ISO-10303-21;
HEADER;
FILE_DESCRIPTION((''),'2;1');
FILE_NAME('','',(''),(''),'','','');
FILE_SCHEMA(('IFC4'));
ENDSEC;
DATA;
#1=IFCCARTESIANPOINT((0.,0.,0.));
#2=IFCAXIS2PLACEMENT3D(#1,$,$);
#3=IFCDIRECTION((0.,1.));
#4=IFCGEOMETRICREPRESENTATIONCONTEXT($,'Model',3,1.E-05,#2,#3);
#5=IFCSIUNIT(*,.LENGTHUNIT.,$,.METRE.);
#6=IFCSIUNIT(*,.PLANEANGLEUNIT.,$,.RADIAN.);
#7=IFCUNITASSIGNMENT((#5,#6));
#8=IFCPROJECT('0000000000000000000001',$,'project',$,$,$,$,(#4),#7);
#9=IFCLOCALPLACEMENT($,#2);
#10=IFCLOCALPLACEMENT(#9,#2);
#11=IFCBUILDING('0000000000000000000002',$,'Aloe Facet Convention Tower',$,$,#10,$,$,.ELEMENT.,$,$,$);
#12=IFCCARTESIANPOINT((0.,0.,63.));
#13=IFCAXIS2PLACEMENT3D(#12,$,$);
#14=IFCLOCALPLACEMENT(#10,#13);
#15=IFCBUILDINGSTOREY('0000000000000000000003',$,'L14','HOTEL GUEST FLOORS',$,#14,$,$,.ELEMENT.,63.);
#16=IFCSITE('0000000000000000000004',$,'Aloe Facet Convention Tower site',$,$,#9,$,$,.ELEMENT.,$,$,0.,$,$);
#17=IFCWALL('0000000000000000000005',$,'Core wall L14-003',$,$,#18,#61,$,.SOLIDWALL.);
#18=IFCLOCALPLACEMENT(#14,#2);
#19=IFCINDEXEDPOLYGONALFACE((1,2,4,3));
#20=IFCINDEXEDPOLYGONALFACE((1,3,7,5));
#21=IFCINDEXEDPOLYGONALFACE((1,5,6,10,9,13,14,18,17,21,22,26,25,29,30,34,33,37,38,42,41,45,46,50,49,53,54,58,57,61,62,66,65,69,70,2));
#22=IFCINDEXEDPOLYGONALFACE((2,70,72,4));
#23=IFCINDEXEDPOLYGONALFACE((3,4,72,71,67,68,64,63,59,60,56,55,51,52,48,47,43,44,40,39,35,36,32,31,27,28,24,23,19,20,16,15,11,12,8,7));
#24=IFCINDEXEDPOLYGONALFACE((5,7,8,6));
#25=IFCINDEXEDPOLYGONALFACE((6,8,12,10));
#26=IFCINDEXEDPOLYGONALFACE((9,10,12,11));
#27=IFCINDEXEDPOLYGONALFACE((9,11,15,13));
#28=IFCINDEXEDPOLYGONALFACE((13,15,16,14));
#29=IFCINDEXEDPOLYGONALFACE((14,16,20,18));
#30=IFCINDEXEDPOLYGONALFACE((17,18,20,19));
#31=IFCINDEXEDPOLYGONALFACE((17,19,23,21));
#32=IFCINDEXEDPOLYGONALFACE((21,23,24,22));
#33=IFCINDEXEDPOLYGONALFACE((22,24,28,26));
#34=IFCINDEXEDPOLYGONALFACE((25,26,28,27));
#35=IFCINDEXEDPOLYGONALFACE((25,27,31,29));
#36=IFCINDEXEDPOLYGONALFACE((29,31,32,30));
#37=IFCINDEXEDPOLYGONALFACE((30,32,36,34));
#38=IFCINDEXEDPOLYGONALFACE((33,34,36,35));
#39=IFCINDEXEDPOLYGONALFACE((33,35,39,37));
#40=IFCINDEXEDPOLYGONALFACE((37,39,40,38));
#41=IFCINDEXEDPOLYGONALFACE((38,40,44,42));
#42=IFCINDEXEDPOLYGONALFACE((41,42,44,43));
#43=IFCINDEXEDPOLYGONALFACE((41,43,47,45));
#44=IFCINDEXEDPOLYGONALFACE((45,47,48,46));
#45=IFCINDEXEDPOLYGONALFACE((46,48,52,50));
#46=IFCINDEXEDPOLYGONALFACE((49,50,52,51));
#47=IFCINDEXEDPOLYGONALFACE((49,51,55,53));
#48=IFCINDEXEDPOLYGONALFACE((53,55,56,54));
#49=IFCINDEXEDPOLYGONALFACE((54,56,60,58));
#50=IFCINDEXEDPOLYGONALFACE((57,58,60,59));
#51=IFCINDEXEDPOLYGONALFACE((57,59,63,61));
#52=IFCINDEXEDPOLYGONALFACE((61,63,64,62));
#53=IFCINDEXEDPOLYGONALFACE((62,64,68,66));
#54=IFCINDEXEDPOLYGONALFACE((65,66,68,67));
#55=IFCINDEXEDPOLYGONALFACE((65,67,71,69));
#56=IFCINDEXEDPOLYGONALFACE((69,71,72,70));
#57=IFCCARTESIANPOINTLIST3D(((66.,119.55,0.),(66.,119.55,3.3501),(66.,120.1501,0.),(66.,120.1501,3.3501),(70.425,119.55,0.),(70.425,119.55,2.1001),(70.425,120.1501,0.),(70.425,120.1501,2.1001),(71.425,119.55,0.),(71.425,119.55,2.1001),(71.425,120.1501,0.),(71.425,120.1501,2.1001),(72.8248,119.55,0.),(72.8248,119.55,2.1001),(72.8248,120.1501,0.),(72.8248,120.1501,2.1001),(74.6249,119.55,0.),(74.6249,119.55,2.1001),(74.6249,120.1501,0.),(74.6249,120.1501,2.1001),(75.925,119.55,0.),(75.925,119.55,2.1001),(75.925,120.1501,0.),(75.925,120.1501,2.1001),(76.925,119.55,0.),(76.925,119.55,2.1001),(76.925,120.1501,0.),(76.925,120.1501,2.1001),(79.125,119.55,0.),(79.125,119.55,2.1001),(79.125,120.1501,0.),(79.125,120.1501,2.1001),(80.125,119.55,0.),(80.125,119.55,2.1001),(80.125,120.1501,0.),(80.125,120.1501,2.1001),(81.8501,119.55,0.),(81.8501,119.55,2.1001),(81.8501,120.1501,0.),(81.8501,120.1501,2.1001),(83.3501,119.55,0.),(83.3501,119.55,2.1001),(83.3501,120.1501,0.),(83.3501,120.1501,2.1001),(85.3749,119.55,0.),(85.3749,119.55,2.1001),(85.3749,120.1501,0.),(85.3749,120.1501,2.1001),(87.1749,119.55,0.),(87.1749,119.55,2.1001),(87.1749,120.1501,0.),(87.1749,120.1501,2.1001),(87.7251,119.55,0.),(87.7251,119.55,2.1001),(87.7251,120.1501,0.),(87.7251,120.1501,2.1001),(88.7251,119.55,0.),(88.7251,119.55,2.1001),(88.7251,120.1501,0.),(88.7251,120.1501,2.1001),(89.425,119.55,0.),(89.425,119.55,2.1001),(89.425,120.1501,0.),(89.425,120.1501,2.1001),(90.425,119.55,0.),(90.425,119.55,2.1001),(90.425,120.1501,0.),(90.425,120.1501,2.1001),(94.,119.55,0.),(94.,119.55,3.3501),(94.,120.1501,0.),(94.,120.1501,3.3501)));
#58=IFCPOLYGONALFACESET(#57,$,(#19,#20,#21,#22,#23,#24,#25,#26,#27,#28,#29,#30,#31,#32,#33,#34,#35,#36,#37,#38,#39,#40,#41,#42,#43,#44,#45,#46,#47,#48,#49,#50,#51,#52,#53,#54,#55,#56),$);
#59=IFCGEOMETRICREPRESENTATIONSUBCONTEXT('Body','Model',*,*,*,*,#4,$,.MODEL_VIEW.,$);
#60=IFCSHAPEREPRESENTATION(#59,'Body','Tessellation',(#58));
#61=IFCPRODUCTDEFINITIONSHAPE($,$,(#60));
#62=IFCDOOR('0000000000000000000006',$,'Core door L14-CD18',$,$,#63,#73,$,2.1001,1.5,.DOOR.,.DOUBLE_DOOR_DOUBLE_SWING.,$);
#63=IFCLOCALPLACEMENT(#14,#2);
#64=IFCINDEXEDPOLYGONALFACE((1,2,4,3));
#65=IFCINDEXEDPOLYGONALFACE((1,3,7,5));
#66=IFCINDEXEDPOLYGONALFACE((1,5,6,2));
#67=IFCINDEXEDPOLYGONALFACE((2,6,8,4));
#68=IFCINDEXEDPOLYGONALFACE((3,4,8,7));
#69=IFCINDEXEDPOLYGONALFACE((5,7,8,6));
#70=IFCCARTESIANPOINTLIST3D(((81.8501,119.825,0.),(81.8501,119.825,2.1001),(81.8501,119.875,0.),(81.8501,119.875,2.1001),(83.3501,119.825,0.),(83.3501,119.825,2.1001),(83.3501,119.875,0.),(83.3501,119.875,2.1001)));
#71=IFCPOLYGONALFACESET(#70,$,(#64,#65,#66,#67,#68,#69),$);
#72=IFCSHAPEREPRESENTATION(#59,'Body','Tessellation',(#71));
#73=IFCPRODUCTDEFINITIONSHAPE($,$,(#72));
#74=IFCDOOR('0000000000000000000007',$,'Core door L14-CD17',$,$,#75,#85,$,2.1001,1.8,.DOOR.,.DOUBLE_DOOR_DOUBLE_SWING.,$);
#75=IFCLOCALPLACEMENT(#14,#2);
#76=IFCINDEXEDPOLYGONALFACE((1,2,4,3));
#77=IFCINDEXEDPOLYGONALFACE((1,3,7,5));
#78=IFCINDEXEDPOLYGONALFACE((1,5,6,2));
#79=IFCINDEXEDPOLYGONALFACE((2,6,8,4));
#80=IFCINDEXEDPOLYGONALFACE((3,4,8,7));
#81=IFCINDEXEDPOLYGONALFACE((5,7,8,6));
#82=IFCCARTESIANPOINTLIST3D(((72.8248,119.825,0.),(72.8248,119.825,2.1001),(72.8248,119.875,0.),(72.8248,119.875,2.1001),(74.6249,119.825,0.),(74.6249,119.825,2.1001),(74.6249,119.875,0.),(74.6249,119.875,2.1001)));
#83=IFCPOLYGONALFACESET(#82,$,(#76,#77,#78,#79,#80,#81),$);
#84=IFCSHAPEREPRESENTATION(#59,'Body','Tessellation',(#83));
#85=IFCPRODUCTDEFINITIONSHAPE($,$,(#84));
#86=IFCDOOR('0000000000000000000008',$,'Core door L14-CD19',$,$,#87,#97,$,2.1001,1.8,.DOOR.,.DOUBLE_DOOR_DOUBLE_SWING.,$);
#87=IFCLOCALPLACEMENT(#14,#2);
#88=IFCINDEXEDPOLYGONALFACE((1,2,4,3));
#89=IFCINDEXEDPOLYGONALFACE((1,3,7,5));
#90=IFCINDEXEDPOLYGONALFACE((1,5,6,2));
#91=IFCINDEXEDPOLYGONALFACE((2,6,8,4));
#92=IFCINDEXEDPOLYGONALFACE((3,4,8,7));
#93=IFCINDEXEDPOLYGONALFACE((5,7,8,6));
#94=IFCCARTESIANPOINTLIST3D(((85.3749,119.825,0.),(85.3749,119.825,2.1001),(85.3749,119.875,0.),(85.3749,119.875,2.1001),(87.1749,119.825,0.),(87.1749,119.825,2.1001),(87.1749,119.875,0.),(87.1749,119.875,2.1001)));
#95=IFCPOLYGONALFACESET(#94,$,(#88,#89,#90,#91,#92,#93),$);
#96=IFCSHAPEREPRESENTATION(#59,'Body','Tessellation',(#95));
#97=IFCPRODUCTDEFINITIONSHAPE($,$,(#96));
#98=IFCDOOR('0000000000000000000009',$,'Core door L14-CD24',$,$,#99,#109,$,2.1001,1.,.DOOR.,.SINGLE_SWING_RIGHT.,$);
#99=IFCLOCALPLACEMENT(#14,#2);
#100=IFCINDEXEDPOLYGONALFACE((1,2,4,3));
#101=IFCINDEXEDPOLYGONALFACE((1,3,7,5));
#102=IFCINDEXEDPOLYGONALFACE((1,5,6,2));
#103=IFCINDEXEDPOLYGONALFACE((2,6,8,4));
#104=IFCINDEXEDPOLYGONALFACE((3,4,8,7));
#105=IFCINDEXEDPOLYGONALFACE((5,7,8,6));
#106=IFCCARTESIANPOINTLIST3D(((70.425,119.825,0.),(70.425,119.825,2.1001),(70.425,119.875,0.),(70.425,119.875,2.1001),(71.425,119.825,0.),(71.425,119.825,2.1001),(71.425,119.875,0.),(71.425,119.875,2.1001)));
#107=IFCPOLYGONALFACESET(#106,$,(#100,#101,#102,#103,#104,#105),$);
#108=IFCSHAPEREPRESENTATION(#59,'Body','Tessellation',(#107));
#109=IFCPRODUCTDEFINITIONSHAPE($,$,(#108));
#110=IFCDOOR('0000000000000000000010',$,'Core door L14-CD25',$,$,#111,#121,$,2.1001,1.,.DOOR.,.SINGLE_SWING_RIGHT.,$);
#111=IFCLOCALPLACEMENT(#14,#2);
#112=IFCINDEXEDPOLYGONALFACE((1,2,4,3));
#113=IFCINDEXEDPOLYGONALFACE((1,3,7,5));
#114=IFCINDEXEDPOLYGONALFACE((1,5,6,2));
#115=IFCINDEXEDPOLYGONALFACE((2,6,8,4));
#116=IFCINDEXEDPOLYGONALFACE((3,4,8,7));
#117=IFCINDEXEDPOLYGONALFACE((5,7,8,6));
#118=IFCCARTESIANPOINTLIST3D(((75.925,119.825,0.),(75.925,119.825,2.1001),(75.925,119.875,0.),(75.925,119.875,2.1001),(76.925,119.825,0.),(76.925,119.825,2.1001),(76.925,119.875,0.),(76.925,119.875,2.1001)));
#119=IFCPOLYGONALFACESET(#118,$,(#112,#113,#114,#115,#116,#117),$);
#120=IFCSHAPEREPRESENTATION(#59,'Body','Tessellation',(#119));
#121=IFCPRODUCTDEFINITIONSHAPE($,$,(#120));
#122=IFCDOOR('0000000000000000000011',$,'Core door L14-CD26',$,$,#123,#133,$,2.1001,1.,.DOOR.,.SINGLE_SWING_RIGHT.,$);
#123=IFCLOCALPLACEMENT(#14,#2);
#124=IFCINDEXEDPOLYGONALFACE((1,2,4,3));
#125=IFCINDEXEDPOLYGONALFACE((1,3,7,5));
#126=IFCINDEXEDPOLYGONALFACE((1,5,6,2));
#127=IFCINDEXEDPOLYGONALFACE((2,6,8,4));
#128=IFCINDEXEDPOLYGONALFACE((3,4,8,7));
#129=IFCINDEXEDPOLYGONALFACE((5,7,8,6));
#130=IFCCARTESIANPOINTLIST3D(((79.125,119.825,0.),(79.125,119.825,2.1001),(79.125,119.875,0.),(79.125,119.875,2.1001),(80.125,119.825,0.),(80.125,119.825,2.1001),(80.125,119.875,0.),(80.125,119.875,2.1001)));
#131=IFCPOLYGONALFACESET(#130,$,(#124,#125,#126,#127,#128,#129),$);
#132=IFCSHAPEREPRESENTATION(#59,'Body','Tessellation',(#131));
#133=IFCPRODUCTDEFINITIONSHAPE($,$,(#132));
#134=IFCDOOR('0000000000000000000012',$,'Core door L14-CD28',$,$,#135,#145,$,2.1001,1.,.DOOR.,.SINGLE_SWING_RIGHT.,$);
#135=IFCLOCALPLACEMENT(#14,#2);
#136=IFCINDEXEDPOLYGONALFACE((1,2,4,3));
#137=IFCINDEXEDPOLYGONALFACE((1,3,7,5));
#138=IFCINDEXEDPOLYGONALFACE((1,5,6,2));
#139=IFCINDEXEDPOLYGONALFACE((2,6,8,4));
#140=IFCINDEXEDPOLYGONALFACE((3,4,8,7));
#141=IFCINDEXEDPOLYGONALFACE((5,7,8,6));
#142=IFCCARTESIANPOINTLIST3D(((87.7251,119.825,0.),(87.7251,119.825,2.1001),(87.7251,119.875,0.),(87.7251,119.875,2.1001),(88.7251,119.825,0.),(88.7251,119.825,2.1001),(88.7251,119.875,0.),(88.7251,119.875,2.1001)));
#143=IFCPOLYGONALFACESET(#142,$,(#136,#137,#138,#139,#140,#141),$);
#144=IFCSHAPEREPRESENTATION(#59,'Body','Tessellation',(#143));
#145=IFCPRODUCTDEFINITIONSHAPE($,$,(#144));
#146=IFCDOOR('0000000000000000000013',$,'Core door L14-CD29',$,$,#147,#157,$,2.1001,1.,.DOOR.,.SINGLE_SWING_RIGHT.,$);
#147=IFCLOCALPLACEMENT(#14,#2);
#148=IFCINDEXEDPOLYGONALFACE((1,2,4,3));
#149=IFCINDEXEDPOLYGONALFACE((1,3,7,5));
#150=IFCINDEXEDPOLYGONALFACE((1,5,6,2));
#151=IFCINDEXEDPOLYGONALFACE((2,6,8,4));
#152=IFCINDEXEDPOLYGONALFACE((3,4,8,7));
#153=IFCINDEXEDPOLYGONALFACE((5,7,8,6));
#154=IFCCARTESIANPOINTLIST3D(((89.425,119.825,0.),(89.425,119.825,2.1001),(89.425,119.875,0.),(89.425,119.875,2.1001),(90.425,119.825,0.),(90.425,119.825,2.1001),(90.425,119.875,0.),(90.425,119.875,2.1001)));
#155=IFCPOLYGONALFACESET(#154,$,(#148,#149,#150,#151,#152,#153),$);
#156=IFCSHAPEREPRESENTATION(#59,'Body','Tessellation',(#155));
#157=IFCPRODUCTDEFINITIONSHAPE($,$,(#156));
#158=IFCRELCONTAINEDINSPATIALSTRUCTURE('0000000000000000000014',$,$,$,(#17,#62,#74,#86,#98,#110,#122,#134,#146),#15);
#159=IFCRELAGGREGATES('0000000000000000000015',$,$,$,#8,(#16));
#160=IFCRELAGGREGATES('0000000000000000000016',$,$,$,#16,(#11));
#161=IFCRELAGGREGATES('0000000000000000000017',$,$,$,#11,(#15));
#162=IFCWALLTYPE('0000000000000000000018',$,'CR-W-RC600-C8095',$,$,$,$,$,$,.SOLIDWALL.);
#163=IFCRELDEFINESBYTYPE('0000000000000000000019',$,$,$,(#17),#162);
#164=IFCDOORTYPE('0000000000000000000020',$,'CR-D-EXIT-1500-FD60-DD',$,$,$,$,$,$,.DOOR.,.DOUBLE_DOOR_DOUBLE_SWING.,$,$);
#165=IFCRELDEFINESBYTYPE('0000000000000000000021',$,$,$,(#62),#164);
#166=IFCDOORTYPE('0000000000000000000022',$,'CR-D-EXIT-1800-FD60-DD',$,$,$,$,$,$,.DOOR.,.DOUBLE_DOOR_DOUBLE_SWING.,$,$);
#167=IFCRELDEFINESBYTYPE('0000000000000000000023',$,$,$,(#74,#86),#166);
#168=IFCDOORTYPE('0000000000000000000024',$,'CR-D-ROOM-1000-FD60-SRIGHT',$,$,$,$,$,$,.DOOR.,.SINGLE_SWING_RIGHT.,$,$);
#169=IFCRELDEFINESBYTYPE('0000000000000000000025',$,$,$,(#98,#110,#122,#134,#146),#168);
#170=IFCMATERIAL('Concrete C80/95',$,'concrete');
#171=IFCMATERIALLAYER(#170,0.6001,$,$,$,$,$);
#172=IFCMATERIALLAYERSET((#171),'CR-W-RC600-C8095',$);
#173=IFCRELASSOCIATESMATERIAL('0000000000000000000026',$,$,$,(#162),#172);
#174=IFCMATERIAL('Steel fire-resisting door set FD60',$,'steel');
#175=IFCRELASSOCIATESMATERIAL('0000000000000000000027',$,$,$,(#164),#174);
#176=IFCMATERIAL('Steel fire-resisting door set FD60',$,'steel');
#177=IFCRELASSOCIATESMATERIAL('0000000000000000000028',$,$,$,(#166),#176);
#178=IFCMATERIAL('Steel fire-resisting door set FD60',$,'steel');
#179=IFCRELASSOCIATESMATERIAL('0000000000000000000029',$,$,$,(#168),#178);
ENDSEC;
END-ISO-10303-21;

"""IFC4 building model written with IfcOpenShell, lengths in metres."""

from ifc_helpers import new_model, si_unit, direction, frame, frame_2d, origin, place, context, subcontext, project, spatial, rectangle, extrude, material, layer, layer_set, type_object, element, fill, save


model = new_model("IFC4")

# Units and contexts
model_context = context("Model", 3, precision=1e-05, world=origin(), true_north=direction((0.0, 1.0)))
body_context = subcontext(model_context, "Body", "Model", "MODEL_VIEW")
ifc_project = project(units=[si_unit("LENGTHUNIT", "METRE"), si_unit("PLANEANGLEUNIT", "RADIAN")], contexts=[model_context])

# Site, building, storey
site_placement = place(None, origin())
site = spatial("IfcSite", under=ifc_project, at=site_placement, Name="Aloe Facet Convention Tower site", CompositionType="ELEMENT", RefElevation=0.0)
building_placement = place(site_placement, origin())
building = spatial("IfcBuilding", under=site, at=building_placement, Name="Aloe Facet Convention Tower", CompositionType="ELEMENT")
storey_placement = place(building_placement, frame((0.0, 0.0, 63.0)))
storey = spatial("IfcBuildingStorey", under=building, at=storey_placement, Name="L14", Description="HOTEL GUEST FLOORS", CompositionType="ELEMENT", Elevation=63.0)

# Wall, openings, doors
ifc_material_1 = material(Name="Concrete C80/95", Category="concrete")
ifc_layer_1 = layer(ifc_material_1, 0.6001)
ifc_layer_set_1 = layer_set([ifc_layer_1], Name="CR-W-RC600-C8095")
wall_type_1 = type_object("IfcWallType", Name="CR-W-RC600-C8095", PredefinedType="SOLIDWALL", material=ifc_layer_set_1)
wall_1_placement = place(storey_placement, frame((66.0, 119.8501, 0.0), z_axis=(0.0, 0.0, 1.0), x_axis=(1.0, 0.0, 0.0)))
wall_1 = element("IfcWall", 1, at=wall_1_placement, inside=storey, type_object=wall_type_1, Name="Core wall L14-003", PredefinedType="SOLIDWALL", context=body_context, shape_type="SweptSolid", body=[
    extrude(rectangle(XDim=28.0, YDim=0.6001, at=frame_2d((14.0, 0.0))), origin(), (0.0, 0.0, 1.0), 3.3501),
])
opening_1_placement = place(wall_1_placement, frame((6.825, 0.0, 0.0)))
opening_1 = element("IfcOpeningElement", 2, at=opening_1_placement, cuts=wall_1, PredefinedType="OPENING", context=body_context, shape_type="SweptSolid", body=[
    extrude(rectangle(XDim=1.8, YDim=2.1001, at=frame_2d((0.8999, 1.05))), frame((0.0, 0.3101, 0.0), z_axis=(0.0, -1.0, 0.0), x_axis=(1.0, 0.0, 0.0)), (0.0, 0.0, 1.0), 0.6201),
])
opening_2_placement = place(wall_1_placement, frame((15.8501, 0.0, 0.0)))
opening_2 = element("IfcOpeningElement", 3, at=opening_2_placement, cuts=wall_1, PredefinedType="OPENING", context=body_context, shape_type="SweptSolid", body=[
    extrude(rectangle(XDim=1.5, YDim=2.1001, at=frame_2d((0.75, 1.05))), frame((0.0, 0.3101, 0.0), z_axis=(0.0, -1.0, 0.0), x_axis=(1.0, 0.0, 0.0)), (0.0, 0.0, 1.0), 0.6201),
])
opening_3_placement = place(wall_1_placement, frame((19.375, 0.0, 0.0)))
opening_3 = element("IfcOpeningElement", 4, at=opening_3_placement, cuts=wall_1, PredefinedType="OPENING", context=body_context, shape_type="SweptSolid", body=[
    extrude(rectangle(XDim=1.8, YDim=2.1001, at=frame_2d((0.8999, 1.05))), frame((0.0, 0.3101, 0.0), z_axis=(0.0, -1.0, 0.0), x_axis=(1.0, 0.0, 0.0)), (0.0, 0.0, 1.0), 0.6201),
])
opening_4_placement = place(wall_1_placement, frame((4.425, 0.0, 0.0)))
opening_4 = element("IfcOpeningElement", 5, at=opening_4_placement, cuts=wall_1, PredefinedType="OPENING", context=body_context, shape_type="SweptSolid", body=[
    extrude(rectangle(XDim=1.0, YDim=2.1001, at=frame_2d((0.5, 1.05))), frame((0.0, 0.3101, 0.0), z_axis=(0.0, -1.0, 0.0), x_axis=(1.0, 0.0, 0.0)), (0.0, 0.0, 1.0), 0.6201),
])
opening_5_placement = place(wall_1_placement, frame((9.925, 0.0, 0.0)))
opening_5 = element("IfcOpeningElement", 6, at=opening_5_placement, cuts=wall_1, PredefinedType="OPENING", context=body_context, shape_type="SweptSolid", body=[
    extrude(rectangle(XDim=1.0, YDim=2.1001, at=frame_2d((0.5, 1.05))), frame((0.0, 0.3101, 0.0), z_axis=(0.0, -1.0, 0.0), x_axis=(1.0, 0.0, 0.0)), (0.0, 0.0, 1.0), 0.6201),
])
opening_6_placement = place(wall_1_placement, frame((13.125, 0.0, 0.0)))
opening_6 = element("IfcOpeningElement", 7, at=opening_6_placement, cuts=wall_1, PredefinedType="OPENING", context=body_context, shape_type="SweptSolid", body=[
    extrude(rectangle(XDim=1.0, YDim=2.1001, at=frame_2d((0.5, 1.05))), frame((0.0, 0.3101, 0.0), z_axis=(0.0, -1.0, 0.0), x_axis=(1.0, 0.0, 0.0)), (0.0, 0.0, 1.0), 0.6201),
])
opening_7_placement = place(wall_1_placement, frame((21.7251, 0.0, 0.0)))
opening_7 = element("IfcOpeningElement", 8, at=opening_7_placement, cuts=wall_1, PredefinedType="OPENING", context=body_context, shape_type="SweptSolid", body=[
    extrude(rectangle(XDim=1.0, YDim=2.1001, at=frame_2d((0.5, 1.05))), frame((0.0, 0.3101, 0.0), z_axis=(0.0, -1.0, 0.0), x_axis=(1.0, 0.0, 0.0)), (0.0, 0.0, 1.0), 0.6201),
])
opening_8_placement = place(wall_1_placement, frame((23.425, 0.0, 0.0)))
opening_8 = element("IfcOpeningElement", 9, at=opening_8_placement, cuts=wall_1, PredefinedType="OPENING", context=body_context, shape_type="SweptSolid", body=[
    extrude(rectangle(XDim=1.0, YDim=2.1001, at=frame_2d((0.5, 1.05))), frame((0.0, 0.3101, 0.0), z_axis=(0.0, -1.0, 0.0), x_axis=(1.0, 0.0, 0.0)), (0.0, 0.0, 1.0), 0.6201),
])
ifc_material_2 = material(Name="Steel fire-resisting door set FD60", Category="steel")
door_type_1 = type_object("IfcDoorType", Name="CR-D-EXIT-1500-FD60-DD", OperationType="DOUBLE_DOOR_DOUBLE_SWING", PredefinedType="DOOR", material=ifc_material_2)
door_1_placement = place(opening_2_placement, origin())
door_1 = element("IfcDoor", 10, at=door_1_placement, inside=storey, type_object=door_type_1, Name="Core door L14-CD18", OperationType="DOUBLE_DOOR_DOUBLE_SWING", OverallHeight=2.1001, OverallWidth=1.5, PredefinedType="DOOR", context=body_context, shape_type="SweptSolid", body=[
    extrude(rectangle(XDim=1.5, YDim=2.1001, at=frame_2d((0.75, 1.05))), frame((0.0, 0.0249, 0.0), z_axis=(0.0, -1.0, 0.0), x_axis=(1.0, 0.0, 0.0)), (0.0, 0.0, 1.0), 0.05),
])
fill(opening_2, door_1)
ifc_material_3 = material(Name="Steel fire-resisting door set FD60", Category="steel")
door_type_2 = type_object("IfcDoorType", Name="CR-D-EXIT-1800-FD60-DD", OperationType="DOUBLE_DOOR_DOUBLE_SWING", PredefinedType="DOOR", material=ifc_material_3)
door_2_placement = place(opening_1_placement, origin())
door_2 = element("IfcDoor", 11, at=door_2_placement, inside=storey, type_object=door_type_2, Name="Core door L14-CD17", OperationType="DOUBLE_DOOR_DOUBLE_SWING", OverallHeight=2.1001, OverallWidth=1.8, PredefinedType="DOOR", context=body_context, shape_type="SweptSolid", body=[
    extrude(rectangle(XDim=1.8, YDim=2.1001, at=frame_2d((0.8999, 1.05))), frame((0.0, 0.0249, 0.0), z_axis=(0.0, -1.0, 0.0), x_axis=(1.0, 0.0, 0.0)), (0.0, 0.0, 1.0), 0.05),
])
fill(opening_1, door_2)
door_3_placement = place(opening_3_placement, origin())
door_3 = element("IfcDoor", 12, at=door_3_placement, inside=storey, type_object=door_type_2, Name="Core door L14-CD19", OperationType="DOUBLE_DOOR_DOUBLE_SWING", OverallHeight=2.1001, OverallWidth=1.8, PredefinedType="DOOR", context=body_context, shape_type="SweptSolid", body=[
    extrude(rectangle(XDim=1.8, YDim=2.1001, at=frame_2d((0.8999, 1.05))), frame((0.0, 0.0249, 0.0), z_axis=(0.0, -1.0, 0.0), x_axis=(1.0, 0.0, 0.0)), (0.0, 0.0, 1.0), 0.05),
])
fill(opening_3, door_3)
ifc_material_4 = material(Name="Steel fire-resisting door set FD60", Category="steel")
door_type_3 = type_object("IfcDoorType", Name="CR-D-ROOM-1000-FD60-SRIGHT", OperationType="SINGLE_SWING_RIGHT", PredefinedType="DOOR", material=ifc_material_4)
door_4_placement = place(opening_4_placement, origin())
door_4 = element("IfcDoor", 13, at=door_4_placement, inside=storey, type_object=door_type_3, Name="Core door L14-CD24", OperationType="SINGLE_SWING_RIGHT", OverallHeight=2.1001, OverallWidth=1.0, PredefinedType="DOOR", context=body_context, shape_type="SweptSolid", body=[
    extrude(rectangle(XDim=1.0, YDim=2.1001, at=frame_2d((0.5, 1.05))), frame((0.0, 0.0249, 0.0), z_axis=(0.0, -1.0, 0.0), x_axis=(1.0, 0.0, 0.0)), (0.0, 0.0, 1.0), 0.05),
])
fill(opening_4, door_4)
door_5_placement = place(opening_5_placement, origin())
door_5 = element("IfcDoor", 14, at=door_5_placement, inside=storey, type_object=door_type_3, Name="Core door L14-CD25", OperationType="SINGLE_SWING_RIGHT", OverallHeight=2.1001, OverallWidth=1.0, PredefinedType="DOOR", context=body_context, shape_type="SweptSolid", body=[
    extrude(rectangle(XDim=1.0, YDim=2.1001, at=frame_2d((0.5, 1.05))), frame((0.0, 0.0249, 0.0), z_axis=(0.0, -1.0, 0.0), x_axis=(1.0, 0.0, 0.0)), (0.0, 0.0, 1.0), 0.05),
])
fill(opening_5, door_5)
door_6_placement = place(opening_6_placement, origin())
door_6 = element("IfcDoor", 15, at=door_6_placement, inside=storey, type_object=door_type_3, Name="Core door L14-CD26", OperationType="SINGLE_SWING_RIGHT", OverallHeight=2.1001, OverallWidth=1.0, PredefinedType="DOOR", context=body_context, shape_type="SweptSolid", body=[
    extrude(rectangle(XDim=1.0, YDim=2.1001, at=frame_2d((0.5, 1.05))), frame((0.0, 0.0249, 0.0), z_axis=(0.0, -1.0, 0.0), x_axis=(1.0, 0.0, 0.0)), (0.0, 0.0, 1.0), 0.05),
])
fill(opening_6, door_6)
door_7_placement = place(opening_7_placement, origin())
door_7 = element("IfcDoor", 16, at=door_7_placement, inside=storey, type_object=door_type_3, Name="Core door L14-CD28", OperationType="SINGLE_SWING_RIGHT", OverallHeight=2.1001, OverallWidth=1.0, PredefinedType="DOOR", context=body_context, shape_type="SweptSolid", body=[
    extrude(rectangle(XDim=1.0, YDim=2.1001, at=frame_2d((0.5, 1.05))), frame((0.0, 0.0249, 0.0), z_axis=(0.0, -1.0, 0.0), x_axis=(1.0, 0.0, 0.0)), (0.0, 0.0, 1.0), 0.05),
])
fill(opening_7, door_7)
door_8_placement = place(opening_8_placement, origin())
door_8 = element("IfcDoor", 17, at=door_8_placement, inside=storey, type_object=door_type_3, Name="Core door L14-CD29", OperationType="SINGLE_SWING_RIGHT", OverallHeight=2.1001, OverallWidth=1.0, PredefinedType="DOOR", context=body_context, shape_type="SweptSolid", body=[
    extrude(rectangle(XDim=1.0, YDim=2.1001, at=frame_2d((0.5, 1.05))), frame((0.0, 0.0249, 0.0), z_axis=(0.0, -1.0, 0.0), x_axis=(1.0, 0.0, 0.0)), (0.0, 0.0, 1.0), 0.05),
])
fill(opening_8, door_8)

save(model, "model.ifc")
